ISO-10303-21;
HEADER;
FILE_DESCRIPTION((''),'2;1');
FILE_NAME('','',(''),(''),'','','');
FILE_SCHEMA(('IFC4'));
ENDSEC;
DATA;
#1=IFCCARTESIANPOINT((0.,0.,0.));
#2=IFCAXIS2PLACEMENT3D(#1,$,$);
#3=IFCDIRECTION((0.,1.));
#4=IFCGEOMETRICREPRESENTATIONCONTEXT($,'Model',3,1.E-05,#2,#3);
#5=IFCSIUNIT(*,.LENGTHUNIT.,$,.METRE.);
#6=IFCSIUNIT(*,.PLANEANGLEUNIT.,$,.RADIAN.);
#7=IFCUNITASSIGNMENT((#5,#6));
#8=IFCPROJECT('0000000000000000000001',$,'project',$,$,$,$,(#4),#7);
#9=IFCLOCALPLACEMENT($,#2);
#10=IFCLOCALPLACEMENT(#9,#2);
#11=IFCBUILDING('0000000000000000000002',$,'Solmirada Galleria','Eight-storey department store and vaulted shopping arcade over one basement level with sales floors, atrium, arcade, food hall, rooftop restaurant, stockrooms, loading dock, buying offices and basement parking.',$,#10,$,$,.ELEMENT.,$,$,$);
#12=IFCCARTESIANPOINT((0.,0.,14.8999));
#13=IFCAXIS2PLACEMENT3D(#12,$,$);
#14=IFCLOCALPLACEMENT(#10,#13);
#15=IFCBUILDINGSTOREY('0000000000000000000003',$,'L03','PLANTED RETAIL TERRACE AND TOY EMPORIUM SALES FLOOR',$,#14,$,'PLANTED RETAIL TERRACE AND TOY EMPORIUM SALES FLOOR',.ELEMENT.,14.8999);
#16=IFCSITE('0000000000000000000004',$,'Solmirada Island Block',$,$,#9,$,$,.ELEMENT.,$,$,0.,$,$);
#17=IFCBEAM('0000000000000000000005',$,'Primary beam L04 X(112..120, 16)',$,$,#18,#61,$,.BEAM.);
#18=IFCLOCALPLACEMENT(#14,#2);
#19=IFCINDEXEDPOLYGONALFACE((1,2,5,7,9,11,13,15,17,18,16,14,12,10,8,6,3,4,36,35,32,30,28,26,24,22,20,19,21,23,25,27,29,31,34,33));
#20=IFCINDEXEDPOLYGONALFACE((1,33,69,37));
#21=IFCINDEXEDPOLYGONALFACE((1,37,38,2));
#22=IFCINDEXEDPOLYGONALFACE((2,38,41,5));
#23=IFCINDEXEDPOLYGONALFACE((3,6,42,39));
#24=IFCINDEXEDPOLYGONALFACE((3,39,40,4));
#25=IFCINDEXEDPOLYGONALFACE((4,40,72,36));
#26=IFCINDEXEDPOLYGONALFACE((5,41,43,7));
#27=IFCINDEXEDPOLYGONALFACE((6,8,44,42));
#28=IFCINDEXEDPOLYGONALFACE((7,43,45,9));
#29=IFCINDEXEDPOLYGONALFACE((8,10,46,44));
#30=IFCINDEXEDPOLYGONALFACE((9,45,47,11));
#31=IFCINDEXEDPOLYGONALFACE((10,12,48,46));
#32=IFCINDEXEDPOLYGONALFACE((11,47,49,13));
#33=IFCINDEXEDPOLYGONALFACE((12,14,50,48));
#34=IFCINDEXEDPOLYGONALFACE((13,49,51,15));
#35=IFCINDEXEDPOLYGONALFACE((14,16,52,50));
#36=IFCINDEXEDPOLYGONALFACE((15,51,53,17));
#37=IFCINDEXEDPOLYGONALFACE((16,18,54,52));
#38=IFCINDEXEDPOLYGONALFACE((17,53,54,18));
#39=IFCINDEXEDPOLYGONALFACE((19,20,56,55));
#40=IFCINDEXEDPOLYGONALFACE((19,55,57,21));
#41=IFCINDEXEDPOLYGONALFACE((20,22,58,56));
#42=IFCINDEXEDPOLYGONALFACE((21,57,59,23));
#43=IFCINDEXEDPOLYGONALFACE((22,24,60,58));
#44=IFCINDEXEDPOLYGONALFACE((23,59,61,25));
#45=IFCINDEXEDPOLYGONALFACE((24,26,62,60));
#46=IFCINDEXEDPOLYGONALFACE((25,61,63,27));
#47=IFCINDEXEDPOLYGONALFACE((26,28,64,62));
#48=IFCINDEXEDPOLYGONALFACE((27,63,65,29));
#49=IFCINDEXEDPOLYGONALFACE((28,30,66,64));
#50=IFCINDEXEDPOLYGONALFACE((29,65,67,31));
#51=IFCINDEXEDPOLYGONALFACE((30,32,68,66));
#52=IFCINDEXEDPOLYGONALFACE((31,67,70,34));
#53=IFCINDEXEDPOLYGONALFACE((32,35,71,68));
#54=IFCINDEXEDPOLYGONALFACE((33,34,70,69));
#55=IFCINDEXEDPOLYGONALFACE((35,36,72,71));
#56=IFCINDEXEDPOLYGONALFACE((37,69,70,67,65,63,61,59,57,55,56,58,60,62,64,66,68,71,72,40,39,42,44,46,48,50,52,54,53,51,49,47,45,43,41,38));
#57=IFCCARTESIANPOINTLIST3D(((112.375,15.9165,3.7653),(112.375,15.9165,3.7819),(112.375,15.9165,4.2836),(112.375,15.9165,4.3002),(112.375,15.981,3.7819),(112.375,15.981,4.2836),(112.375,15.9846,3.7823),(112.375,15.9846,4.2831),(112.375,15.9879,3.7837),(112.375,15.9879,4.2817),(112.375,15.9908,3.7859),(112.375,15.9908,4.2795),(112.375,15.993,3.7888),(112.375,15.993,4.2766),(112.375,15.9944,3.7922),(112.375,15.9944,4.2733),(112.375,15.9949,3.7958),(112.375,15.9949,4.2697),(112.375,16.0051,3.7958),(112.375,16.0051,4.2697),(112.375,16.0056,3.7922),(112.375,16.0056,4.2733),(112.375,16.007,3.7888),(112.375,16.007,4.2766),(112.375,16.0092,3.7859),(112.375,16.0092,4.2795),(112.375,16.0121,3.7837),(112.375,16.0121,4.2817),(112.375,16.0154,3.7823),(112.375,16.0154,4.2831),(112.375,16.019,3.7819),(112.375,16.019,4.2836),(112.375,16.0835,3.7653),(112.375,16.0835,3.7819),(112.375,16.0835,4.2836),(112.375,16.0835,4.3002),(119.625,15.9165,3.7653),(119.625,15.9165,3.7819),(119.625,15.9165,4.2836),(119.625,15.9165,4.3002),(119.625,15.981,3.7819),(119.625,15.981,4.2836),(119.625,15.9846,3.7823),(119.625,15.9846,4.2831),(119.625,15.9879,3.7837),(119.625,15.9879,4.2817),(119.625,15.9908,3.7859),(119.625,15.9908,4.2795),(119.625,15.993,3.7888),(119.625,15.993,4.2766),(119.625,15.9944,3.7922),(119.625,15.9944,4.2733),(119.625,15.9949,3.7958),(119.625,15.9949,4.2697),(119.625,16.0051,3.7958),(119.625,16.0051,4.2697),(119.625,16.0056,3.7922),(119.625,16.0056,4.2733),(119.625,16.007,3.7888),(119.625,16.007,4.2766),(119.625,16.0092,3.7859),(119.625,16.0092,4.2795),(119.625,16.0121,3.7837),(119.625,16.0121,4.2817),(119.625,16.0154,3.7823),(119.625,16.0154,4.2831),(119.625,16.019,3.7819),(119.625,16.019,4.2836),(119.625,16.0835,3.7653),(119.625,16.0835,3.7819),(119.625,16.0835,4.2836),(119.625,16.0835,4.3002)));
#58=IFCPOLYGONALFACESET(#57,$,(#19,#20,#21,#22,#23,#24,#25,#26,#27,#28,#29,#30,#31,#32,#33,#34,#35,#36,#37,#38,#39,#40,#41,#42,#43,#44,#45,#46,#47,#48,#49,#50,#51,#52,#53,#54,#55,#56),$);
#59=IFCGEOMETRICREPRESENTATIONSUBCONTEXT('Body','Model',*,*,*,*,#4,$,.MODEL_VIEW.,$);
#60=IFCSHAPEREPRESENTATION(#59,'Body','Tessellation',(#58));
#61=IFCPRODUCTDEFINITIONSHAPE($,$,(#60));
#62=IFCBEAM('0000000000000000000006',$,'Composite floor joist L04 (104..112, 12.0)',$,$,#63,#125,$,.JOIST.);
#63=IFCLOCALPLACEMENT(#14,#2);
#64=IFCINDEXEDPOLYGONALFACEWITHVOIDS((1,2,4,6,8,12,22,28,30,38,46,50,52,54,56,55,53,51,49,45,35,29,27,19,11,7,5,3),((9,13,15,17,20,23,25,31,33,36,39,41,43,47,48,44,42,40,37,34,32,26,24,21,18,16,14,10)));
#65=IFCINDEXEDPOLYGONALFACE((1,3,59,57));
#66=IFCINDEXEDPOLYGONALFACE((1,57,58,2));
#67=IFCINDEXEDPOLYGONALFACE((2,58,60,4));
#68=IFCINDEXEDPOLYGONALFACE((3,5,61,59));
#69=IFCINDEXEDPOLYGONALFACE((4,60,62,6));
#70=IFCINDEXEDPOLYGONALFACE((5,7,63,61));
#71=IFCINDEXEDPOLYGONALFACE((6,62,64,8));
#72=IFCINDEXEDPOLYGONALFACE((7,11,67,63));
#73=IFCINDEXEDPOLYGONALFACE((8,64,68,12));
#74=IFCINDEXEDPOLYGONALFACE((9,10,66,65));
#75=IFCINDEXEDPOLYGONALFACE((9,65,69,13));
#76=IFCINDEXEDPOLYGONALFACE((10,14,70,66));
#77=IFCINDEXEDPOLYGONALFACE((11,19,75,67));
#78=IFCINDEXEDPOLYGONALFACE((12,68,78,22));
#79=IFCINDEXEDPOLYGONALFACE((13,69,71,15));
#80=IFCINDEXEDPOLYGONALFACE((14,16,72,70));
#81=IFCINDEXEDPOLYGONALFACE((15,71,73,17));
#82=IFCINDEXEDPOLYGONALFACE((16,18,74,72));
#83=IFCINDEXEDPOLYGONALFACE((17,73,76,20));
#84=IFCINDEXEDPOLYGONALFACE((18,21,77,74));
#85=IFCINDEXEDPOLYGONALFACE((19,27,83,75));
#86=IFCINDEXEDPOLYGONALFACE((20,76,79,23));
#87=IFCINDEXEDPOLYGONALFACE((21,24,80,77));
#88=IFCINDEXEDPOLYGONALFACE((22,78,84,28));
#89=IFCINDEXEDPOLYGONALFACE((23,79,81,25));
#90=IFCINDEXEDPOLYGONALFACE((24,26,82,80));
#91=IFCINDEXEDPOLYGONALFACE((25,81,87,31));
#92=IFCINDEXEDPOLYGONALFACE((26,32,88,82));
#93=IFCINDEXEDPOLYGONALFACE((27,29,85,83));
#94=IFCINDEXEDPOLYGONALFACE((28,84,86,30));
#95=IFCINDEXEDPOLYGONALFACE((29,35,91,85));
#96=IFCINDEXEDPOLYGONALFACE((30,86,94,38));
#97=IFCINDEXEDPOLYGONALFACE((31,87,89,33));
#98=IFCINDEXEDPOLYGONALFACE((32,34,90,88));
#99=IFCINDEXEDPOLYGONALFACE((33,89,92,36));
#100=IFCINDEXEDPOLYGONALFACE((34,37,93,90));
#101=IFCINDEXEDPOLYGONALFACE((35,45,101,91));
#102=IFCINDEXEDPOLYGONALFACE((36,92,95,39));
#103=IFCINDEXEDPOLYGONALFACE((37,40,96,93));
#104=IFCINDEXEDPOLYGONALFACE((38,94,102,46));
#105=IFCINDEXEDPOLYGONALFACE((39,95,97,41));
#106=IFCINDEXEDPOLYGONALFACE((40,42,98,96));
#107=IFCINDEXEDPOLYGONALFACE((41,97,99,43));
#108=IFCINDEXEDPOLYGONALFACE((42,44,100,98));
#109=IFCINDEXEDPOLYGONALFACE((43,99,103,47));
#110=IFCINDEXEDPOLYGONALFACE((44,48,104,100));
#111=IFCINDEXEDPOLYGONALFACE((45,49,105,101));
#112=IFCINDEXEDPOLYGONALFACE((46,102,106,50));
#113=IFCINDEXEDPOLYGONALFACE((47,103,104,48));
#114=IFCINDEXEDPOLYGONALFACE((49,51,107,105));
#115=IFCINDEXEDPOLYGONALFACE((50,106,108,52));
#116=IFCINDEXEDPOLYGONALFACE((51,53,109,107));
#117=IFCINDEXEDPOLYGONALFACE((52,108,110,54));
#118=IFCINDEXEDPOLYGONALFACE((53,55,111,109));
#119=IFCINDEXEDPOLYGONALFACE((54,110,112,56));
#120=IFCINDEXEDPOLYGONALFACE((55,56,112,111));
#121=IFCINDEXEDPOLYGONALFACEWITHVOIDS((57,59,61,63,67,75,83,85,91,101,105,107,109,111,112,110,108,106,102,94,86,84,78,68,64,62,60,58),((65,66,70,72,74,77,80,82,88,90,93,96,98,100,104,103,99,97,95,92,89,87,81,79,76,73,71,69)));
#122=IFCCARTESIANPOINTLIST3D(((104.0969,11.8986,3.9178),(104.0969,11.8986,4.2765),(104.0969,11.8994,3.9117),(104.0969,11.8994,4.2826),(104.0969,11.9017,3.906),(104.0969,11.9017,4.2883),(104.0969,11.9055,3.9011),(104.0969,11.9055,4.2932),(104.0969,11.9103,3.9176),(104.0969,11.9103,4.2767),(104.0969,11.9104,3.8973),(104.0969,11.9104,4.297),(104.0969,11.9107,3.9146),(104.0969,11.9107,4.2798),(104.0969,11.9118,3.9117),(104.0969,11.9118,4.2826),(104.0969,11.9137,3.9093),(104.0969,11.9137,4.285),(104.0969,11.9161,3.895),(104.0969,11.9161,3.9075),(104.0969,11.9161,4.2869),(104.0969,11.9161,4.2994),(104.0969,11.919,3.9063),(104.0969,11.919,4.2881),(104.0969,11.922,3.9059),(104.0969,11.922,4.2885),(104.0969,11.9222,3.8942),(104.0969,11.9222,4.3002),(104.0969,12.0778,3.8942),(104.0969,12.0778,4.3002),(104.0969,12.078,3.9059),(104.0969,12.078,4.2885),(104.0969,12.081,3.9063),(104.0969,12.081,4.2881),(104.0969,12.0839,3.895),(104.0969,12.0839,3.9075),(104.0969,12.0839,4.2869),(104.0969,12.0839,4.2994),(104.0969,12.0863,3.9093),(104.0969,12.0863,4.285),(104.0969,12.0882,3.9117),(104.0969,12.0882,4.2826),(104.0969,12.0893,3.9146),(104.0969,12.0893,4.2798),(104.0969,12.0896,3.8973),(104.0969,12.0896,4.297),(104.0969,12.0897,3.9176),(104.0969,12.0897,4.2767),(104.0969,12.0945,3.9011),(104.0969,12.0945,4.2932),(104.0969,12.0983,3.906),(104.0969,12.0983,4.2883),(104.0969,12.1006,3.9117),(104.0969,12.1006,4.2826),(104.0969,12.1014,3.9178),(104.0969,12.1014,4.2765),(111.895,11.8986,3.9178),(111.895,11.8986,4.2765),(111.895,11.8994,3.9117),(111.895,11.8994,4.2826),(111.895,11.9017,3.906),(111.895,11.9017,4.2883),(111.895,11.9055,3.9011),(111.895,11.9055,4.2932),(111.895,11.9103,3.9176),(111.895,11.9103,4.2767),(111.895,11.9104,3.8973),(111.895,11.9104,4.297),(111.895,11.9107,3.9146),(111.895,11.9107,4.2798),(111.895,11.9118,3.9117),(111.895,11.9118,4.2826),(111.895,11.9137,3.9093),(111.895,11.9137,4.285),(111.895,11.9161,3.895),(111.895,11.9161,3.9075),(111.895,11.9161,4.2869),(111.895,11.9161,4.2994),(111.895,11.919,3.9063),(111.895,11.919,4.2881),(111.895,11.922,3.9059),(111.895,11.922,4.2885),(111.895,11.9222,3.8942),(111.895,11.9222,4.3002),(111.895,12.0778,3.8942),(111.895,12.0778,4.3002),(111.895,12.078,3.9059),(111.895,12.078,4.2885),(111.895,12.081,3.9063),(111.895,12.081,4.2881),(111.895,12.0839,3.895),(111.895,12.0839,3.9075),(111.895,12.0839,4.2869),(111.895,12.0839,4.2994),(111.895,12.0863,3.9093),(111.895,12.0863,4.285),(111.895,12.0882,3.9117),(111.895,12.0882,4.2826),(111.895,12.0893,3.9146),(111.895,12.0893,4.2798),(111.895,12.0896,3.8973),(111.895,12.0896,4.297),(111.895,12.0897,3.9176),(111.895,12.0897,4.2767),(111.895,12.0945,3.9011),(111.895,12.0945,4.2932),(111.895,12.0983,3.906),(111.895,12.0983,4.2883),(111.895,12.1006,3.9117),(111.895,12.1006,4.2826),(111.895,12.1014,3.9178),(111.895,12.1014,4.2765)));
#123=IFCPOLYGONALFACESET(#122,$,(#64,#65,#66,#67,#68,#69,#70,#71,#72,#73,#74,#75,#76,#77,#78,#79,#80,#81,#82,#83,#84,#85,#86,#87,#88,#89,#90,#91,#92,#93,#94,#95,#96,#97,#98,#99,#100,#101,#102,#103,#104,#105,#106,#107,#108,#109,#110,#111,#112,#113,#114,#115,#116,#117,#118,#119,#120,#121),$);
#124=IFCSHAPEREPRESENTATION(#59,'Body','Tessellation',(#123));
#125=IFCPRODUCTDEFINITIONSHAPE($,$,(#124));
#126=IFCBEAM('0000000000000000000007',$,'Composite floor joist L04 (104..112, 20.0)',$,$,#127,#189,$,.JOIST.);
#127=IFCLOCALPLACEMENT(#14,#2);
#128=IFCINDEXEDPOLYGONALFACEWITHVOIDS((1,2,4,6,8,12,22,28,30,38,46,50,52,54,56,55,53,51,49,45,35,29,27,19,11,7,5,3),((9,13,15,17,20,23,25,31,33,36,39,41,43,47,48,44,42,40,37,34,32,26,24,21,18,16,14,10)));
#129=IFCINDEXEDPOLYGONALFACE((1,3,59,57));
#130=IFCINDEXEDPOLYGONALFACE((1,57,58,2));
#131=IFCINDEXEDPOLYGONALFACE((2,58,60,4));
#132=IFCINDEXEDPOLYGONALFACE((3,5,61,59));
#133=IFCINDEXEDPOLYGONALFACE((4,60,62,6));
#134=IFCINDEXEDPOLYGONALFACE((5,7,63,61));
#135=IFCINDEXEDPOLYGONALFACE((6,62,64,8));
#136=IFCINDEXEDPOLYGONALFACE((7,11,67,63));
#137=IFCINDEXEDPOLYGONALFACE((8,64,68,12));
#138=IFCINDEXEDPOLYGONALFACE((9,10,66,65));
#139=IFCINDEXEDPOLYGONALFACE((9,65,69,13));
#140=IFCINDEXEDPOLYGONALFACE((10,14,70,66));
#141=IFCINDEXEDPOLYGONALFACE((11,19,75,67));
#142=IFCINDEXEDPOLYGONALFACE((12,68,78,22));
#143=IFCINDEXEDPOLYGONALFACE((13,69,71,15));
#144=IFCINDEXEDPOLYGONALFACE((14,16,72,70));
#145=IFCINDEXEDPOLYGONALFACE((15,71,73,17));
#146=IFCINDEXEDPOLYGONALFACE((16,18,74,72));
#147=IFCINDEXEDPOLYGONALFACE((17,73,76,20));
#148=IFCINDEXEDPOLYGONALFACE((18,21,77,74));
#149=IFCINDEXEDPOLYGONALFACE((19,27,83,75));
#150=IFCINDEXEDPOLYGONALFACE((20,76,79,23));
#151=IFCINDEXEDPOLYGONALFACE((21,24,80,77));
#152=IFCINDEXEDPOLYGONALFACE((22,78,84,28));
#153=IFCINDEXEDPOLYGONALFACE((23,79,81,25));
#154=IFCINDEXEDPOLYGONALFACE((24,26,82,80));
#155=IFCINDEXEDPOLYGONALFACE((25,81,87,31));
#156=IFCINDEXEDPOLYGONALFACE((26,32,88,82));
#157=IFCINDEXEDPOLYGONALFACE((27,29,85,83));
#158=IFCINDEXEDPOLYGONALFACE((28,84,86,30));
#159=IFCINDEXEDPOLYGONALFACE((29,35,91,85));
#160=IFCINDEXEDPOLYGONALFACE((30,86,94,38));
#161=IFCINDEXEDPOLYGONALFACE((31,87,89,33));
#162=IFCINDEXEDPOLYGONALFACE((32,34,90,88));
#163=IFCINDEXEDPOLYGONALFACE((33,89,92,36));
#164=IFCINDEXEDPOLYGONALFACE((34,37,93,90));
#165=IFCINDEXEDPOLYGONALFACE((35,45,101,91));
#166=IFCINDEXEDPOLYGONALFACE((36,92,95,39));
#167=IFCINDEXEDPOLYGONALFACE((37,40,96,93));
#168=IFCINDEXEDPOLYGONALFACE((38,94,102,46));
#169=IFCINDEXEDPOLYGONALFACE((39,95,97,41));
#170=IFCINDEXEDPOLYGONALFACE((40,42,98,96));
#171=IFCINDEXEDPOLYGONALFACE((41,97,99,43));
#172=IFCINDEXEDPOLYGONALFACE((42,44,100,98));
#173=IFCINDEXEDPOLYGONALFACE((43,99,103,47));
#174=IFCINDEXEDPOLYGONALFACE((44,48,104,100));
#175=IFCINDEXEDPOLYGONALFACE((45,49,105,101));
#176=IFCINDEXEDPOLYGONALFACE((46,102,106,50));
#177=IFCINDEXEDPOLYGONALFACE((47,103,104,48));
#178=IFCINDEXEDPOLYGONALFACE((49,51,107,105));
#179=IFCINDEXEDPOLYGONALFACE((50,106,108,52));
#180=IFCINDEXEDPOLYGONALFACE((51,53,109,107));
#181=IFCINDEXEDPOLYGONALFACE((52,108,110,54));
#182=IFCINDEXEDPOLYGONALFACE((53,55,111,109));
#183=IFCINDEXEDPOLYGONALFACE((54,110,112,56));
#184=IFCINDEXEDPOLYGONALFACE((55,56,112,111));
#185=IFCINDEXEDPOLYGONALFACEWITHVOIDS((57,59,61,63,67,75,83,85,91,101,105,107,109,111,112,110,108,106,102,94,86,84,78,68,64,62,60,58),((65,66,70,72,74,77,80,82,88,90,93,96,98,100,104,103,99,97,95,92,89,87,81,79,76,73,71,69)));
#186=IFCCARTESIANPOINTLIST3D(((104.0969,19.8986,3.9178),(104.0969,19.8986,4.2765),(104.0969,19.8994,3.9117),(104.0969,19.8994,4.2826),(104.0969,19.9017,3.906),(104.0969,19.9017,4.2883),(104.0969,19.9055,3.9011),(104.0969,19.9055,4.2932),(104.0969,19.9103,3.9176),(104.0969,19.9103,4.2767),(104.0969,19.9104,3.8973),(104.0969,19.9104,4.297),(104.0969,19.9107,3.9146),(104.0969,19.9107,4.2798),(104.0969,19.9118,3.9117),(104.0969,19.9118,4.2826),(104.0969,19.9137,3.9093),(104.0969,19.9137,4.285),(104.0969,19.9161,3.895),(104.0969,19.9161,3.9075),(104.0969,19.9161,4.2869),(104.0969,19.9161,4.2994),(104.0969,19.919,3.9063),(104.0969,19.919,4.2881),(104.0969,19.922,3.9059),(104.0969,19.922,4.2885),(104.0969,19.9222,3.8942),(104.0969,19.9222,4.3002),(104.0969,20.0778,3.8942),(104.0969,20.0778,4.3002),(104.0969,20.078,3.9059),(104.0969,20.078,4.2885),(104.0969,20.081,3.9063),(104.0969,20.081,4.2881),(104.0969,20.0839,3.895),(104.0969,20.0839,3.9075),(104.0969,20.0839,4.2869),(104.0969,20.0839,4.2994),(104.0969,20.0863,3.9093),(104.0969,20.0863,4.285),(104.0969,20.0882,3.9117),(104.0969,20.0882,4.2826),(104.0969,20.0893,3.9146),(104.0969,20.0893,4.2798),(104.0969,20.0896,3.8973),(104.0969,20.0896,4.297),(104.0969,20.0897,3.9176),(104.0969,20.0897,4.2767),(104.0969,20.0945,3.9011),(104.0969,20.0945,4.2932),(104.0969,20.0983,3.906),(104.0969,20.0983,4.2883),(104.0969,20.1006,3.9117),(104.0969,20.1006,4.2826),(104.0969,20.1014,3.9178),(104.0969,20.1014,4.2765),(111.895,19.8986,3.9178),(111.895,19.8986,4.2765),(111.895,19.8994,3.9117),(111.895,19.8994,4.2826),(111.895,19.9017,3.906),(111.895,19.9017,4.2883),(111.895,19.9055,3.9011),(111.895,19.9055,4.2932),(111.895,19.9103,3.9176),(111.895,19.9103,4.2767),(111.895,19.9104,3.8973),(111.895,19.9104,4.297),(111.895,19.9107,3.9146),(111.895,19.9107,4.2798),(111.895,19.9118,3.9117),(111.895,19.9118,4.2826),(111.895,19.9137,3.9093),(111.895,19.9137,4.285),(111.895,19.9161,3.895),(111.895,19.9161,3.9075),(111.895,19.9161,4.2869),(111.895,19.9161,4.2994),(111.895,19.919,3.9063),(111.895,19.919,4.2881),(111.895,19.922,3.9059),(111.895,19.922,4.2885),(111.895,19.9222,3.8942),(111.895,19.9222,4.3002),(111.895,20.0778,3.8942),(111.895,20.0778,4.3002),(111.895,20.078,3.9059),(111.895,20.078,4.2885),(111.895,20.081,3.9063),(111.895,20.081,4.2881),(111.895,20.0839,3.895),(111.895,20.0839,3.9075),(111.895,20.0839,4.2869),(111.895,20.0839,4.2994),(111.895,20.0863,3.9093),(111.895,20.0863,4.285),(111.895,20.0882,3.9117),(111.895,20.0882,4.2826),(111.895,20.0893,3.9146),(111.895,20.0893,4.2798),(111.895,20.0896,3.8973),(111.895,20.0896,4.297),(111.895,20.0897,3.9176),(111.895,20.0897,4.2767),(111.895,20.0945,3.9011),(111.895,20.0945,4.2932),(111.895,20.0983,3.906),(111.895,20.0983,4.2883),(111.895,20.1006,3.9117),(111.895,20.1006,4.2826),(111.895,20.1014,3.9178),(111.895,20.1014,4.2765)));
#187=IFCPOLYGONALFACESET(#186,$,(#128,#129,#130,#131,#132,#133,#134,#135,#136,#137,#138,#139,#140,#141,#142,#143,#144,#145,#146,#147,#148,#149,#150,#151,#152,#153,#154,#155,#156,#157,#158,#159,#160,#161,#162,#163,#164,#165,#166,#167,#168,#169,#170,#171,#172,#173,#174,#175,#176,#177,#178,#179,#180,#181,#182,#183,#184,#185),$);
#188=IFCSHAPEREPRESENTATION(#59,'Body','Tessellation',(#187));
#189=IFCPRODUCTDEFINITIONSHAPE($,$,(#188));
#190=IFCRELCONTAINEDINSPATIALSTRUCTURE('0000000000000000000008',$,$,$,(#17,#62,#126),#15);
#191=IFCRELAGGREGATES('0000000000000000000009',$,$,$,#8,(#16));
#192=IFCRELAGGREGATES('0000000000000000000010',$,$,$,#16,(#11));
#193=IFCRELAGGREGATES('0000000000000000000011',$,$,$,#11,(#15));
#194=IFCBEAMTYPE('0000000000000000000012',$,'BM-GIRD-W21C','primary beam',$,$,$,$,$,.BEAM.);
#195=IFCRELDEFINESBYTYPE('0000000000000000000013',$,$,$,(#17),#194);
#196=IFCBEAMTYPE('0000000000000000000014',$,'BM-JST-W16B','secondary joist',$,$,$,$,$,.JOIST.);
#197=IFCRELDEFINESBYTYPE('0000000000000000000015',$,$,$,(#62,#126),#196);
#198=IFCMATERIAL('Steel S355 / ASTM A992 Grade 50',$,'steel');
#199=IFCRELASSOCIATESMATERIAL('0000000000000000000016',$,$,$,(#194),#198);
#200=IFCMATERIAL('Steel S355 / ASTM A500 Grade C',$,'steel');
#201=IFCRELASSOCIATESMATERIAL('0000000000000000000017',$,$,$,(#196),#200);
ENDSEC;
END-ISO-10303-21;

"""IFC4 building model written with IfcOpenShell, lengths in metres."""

from ifc_helpers import new_model, si_unit, direction, frame, origin, origin_2d, place, context, subcontext, project, spatial, hollow_rectangle, i_section, extrude, material, material_profile, profile_set, type_object, element, save


model = new_model("IFC4")

# Units and contexts
model_context = context("Model", 3, precision=1e-05, world=origin(), true_north=direction((0.0, 1.0)))
body_context = subcontext(model_context, "Body", "Model", "MODEL_VIEW")
ifc_project = project(units=[si_unit("LENGTHUNIT", "METRE"), si_unit("PLANEANGLEUNIT", "RADIAN")], contexts=[model_context])

# Site, building, storey
site_placement = place(None, origin())
site = spatial("IfcSite", under=ifc_project, at=site_placement, Name="Solmirada Island Block", CompositionType="ELEMENT", RefElevation=0.0)
building_placement = place(site_placement, origin())
building = spatial("IfcBuilding", under=site, at=building_placement, Name="Solmirada Galleria", Description="Eight-storey department store and vaulted shopping arcade over one basement level with sales floors, atrium, arcade, food hall, rooftop restaurant, stockrooms, loading dock, buying offices and basement parking.", CompositionType="ELEMENT")
storey_placement = place(building_placement, frame((0.0, 0.0, 14.8999)))
storey = spatial("IfcBuildingStorey", under=building, at=storey_placement, Name="L03", Description="PLANTED RETAIL TERRACE AND TOY EMPORIUM SALES FLOOR", LongName="PLANTED RETAIL TERRACE AND TOY EMPORIUM SALES FLOOR", CompositionType="ELEMENT", Elevation=14.8999)

# Beams
ifc_material_1 = material(Name="Steel S355 / ASTM A992 Grade 50", Category="steel")
ifc_material_profile_1 = material_profile(ifc_material_1, i_section(OverallWidth=0.167, OverallDepth=0.5349, WebThickness=0.0103, FlangeThickness=0.0166, FilletRadius=0.0139, at=origin_2d()), Name="W21X57")
ifc_profile_set_1 = profile_set([ifc_material_profile_1], Name="Steel S355 / ASTM A992 Grade 50")
beam_type_1 = type_object("IfcBeamType", Name="BM-GIRD-W21C", Description="primary beam", PredefinedType="BEAM", material=ifc_profile_set_1)
for number, where, z_axis, x_axis, name in (
    (1, (112.375, 16.0, 4.0327), (1.0, 0.0, 0.0), (0.0, 1.0, 0.0), "Primary beam L04 X(112..120, 16)"),
):
    element("IfcBeam", number, at=place(storey_placement, frame(where, z_axis=z_axis, x_axis=x_axis)), inside=storey, type_object=beam_type_1, Name=name, PredefinedType="BEAM", context=body_context, shape_type="SweptSolid", body=[
        extrude(i_section(OverallWidth=0.167, OverallDepth=0.5349, WebThickness=0.0103, FlangeThickness=0.0166, FilletRadius=0.0139, at=origin_2d()), origin(), (0.0, 0.0, 1.0), 7.25),
    ])
ifc_material_2 = material(Name="Steel S355 / ASTM A500 Grade C", Category="steel")
ifc_material_profile_2 = material_profile(ifc_material_2, hollow_rectangle(XDim=0.2029, YDim=0.406, WallThickness=0.0117, InnerFilletRadius=0.0117, OuterFilletRadius=0.0237, at=origin_2d()), Name="HSS16X8X1/2")
ifc_profile_set_2 = profile_set([ifc_material_profile_2], Name="Steel S355 / ASTM A500 Grade C")
beam_type_2 = type_object("IfcBeamType", Name="BM-JST-W16B", Description="secondary joist", PredefinedType="JOIST", material=ifc_profile_set_2)
for number, where, z_axis, x_axis, name in (
    (2, (104.0969, 12.0, 4.0972), (1.0, 0.0, 0.0), (0.0, 1.0, 0.0), "Composite floor joist L04 (104..112, 12.0)"),
    (3, (104.0969, 20.0, 4.0972), (1.0, 0.0, 0.0), (0.0, 1.0, 0.0), "Composite floor joist L04 (104..112, 20.0)"),
):
    element("IfcBeam", number, at=place(storey_placement, frame(where, z_axis=z_axis, x_axis=x_axis)), inside=storey, type_object=beam_type_2, Name=name, PredefinedType="JOIST", context=body_context, shape_type="SweptSolid", body=[
        extrude(hollow_rectangle(XDim=0.2029, YDim=0.406, WallThickness=0.0117, InnerFilletRadius=0.0117, OuterFilletRadius=0.0237, at=origin_2d()), origin(), (0.0, 0.0, 1.0), 7.7981),
    ])

save(model, "model.ifc")
